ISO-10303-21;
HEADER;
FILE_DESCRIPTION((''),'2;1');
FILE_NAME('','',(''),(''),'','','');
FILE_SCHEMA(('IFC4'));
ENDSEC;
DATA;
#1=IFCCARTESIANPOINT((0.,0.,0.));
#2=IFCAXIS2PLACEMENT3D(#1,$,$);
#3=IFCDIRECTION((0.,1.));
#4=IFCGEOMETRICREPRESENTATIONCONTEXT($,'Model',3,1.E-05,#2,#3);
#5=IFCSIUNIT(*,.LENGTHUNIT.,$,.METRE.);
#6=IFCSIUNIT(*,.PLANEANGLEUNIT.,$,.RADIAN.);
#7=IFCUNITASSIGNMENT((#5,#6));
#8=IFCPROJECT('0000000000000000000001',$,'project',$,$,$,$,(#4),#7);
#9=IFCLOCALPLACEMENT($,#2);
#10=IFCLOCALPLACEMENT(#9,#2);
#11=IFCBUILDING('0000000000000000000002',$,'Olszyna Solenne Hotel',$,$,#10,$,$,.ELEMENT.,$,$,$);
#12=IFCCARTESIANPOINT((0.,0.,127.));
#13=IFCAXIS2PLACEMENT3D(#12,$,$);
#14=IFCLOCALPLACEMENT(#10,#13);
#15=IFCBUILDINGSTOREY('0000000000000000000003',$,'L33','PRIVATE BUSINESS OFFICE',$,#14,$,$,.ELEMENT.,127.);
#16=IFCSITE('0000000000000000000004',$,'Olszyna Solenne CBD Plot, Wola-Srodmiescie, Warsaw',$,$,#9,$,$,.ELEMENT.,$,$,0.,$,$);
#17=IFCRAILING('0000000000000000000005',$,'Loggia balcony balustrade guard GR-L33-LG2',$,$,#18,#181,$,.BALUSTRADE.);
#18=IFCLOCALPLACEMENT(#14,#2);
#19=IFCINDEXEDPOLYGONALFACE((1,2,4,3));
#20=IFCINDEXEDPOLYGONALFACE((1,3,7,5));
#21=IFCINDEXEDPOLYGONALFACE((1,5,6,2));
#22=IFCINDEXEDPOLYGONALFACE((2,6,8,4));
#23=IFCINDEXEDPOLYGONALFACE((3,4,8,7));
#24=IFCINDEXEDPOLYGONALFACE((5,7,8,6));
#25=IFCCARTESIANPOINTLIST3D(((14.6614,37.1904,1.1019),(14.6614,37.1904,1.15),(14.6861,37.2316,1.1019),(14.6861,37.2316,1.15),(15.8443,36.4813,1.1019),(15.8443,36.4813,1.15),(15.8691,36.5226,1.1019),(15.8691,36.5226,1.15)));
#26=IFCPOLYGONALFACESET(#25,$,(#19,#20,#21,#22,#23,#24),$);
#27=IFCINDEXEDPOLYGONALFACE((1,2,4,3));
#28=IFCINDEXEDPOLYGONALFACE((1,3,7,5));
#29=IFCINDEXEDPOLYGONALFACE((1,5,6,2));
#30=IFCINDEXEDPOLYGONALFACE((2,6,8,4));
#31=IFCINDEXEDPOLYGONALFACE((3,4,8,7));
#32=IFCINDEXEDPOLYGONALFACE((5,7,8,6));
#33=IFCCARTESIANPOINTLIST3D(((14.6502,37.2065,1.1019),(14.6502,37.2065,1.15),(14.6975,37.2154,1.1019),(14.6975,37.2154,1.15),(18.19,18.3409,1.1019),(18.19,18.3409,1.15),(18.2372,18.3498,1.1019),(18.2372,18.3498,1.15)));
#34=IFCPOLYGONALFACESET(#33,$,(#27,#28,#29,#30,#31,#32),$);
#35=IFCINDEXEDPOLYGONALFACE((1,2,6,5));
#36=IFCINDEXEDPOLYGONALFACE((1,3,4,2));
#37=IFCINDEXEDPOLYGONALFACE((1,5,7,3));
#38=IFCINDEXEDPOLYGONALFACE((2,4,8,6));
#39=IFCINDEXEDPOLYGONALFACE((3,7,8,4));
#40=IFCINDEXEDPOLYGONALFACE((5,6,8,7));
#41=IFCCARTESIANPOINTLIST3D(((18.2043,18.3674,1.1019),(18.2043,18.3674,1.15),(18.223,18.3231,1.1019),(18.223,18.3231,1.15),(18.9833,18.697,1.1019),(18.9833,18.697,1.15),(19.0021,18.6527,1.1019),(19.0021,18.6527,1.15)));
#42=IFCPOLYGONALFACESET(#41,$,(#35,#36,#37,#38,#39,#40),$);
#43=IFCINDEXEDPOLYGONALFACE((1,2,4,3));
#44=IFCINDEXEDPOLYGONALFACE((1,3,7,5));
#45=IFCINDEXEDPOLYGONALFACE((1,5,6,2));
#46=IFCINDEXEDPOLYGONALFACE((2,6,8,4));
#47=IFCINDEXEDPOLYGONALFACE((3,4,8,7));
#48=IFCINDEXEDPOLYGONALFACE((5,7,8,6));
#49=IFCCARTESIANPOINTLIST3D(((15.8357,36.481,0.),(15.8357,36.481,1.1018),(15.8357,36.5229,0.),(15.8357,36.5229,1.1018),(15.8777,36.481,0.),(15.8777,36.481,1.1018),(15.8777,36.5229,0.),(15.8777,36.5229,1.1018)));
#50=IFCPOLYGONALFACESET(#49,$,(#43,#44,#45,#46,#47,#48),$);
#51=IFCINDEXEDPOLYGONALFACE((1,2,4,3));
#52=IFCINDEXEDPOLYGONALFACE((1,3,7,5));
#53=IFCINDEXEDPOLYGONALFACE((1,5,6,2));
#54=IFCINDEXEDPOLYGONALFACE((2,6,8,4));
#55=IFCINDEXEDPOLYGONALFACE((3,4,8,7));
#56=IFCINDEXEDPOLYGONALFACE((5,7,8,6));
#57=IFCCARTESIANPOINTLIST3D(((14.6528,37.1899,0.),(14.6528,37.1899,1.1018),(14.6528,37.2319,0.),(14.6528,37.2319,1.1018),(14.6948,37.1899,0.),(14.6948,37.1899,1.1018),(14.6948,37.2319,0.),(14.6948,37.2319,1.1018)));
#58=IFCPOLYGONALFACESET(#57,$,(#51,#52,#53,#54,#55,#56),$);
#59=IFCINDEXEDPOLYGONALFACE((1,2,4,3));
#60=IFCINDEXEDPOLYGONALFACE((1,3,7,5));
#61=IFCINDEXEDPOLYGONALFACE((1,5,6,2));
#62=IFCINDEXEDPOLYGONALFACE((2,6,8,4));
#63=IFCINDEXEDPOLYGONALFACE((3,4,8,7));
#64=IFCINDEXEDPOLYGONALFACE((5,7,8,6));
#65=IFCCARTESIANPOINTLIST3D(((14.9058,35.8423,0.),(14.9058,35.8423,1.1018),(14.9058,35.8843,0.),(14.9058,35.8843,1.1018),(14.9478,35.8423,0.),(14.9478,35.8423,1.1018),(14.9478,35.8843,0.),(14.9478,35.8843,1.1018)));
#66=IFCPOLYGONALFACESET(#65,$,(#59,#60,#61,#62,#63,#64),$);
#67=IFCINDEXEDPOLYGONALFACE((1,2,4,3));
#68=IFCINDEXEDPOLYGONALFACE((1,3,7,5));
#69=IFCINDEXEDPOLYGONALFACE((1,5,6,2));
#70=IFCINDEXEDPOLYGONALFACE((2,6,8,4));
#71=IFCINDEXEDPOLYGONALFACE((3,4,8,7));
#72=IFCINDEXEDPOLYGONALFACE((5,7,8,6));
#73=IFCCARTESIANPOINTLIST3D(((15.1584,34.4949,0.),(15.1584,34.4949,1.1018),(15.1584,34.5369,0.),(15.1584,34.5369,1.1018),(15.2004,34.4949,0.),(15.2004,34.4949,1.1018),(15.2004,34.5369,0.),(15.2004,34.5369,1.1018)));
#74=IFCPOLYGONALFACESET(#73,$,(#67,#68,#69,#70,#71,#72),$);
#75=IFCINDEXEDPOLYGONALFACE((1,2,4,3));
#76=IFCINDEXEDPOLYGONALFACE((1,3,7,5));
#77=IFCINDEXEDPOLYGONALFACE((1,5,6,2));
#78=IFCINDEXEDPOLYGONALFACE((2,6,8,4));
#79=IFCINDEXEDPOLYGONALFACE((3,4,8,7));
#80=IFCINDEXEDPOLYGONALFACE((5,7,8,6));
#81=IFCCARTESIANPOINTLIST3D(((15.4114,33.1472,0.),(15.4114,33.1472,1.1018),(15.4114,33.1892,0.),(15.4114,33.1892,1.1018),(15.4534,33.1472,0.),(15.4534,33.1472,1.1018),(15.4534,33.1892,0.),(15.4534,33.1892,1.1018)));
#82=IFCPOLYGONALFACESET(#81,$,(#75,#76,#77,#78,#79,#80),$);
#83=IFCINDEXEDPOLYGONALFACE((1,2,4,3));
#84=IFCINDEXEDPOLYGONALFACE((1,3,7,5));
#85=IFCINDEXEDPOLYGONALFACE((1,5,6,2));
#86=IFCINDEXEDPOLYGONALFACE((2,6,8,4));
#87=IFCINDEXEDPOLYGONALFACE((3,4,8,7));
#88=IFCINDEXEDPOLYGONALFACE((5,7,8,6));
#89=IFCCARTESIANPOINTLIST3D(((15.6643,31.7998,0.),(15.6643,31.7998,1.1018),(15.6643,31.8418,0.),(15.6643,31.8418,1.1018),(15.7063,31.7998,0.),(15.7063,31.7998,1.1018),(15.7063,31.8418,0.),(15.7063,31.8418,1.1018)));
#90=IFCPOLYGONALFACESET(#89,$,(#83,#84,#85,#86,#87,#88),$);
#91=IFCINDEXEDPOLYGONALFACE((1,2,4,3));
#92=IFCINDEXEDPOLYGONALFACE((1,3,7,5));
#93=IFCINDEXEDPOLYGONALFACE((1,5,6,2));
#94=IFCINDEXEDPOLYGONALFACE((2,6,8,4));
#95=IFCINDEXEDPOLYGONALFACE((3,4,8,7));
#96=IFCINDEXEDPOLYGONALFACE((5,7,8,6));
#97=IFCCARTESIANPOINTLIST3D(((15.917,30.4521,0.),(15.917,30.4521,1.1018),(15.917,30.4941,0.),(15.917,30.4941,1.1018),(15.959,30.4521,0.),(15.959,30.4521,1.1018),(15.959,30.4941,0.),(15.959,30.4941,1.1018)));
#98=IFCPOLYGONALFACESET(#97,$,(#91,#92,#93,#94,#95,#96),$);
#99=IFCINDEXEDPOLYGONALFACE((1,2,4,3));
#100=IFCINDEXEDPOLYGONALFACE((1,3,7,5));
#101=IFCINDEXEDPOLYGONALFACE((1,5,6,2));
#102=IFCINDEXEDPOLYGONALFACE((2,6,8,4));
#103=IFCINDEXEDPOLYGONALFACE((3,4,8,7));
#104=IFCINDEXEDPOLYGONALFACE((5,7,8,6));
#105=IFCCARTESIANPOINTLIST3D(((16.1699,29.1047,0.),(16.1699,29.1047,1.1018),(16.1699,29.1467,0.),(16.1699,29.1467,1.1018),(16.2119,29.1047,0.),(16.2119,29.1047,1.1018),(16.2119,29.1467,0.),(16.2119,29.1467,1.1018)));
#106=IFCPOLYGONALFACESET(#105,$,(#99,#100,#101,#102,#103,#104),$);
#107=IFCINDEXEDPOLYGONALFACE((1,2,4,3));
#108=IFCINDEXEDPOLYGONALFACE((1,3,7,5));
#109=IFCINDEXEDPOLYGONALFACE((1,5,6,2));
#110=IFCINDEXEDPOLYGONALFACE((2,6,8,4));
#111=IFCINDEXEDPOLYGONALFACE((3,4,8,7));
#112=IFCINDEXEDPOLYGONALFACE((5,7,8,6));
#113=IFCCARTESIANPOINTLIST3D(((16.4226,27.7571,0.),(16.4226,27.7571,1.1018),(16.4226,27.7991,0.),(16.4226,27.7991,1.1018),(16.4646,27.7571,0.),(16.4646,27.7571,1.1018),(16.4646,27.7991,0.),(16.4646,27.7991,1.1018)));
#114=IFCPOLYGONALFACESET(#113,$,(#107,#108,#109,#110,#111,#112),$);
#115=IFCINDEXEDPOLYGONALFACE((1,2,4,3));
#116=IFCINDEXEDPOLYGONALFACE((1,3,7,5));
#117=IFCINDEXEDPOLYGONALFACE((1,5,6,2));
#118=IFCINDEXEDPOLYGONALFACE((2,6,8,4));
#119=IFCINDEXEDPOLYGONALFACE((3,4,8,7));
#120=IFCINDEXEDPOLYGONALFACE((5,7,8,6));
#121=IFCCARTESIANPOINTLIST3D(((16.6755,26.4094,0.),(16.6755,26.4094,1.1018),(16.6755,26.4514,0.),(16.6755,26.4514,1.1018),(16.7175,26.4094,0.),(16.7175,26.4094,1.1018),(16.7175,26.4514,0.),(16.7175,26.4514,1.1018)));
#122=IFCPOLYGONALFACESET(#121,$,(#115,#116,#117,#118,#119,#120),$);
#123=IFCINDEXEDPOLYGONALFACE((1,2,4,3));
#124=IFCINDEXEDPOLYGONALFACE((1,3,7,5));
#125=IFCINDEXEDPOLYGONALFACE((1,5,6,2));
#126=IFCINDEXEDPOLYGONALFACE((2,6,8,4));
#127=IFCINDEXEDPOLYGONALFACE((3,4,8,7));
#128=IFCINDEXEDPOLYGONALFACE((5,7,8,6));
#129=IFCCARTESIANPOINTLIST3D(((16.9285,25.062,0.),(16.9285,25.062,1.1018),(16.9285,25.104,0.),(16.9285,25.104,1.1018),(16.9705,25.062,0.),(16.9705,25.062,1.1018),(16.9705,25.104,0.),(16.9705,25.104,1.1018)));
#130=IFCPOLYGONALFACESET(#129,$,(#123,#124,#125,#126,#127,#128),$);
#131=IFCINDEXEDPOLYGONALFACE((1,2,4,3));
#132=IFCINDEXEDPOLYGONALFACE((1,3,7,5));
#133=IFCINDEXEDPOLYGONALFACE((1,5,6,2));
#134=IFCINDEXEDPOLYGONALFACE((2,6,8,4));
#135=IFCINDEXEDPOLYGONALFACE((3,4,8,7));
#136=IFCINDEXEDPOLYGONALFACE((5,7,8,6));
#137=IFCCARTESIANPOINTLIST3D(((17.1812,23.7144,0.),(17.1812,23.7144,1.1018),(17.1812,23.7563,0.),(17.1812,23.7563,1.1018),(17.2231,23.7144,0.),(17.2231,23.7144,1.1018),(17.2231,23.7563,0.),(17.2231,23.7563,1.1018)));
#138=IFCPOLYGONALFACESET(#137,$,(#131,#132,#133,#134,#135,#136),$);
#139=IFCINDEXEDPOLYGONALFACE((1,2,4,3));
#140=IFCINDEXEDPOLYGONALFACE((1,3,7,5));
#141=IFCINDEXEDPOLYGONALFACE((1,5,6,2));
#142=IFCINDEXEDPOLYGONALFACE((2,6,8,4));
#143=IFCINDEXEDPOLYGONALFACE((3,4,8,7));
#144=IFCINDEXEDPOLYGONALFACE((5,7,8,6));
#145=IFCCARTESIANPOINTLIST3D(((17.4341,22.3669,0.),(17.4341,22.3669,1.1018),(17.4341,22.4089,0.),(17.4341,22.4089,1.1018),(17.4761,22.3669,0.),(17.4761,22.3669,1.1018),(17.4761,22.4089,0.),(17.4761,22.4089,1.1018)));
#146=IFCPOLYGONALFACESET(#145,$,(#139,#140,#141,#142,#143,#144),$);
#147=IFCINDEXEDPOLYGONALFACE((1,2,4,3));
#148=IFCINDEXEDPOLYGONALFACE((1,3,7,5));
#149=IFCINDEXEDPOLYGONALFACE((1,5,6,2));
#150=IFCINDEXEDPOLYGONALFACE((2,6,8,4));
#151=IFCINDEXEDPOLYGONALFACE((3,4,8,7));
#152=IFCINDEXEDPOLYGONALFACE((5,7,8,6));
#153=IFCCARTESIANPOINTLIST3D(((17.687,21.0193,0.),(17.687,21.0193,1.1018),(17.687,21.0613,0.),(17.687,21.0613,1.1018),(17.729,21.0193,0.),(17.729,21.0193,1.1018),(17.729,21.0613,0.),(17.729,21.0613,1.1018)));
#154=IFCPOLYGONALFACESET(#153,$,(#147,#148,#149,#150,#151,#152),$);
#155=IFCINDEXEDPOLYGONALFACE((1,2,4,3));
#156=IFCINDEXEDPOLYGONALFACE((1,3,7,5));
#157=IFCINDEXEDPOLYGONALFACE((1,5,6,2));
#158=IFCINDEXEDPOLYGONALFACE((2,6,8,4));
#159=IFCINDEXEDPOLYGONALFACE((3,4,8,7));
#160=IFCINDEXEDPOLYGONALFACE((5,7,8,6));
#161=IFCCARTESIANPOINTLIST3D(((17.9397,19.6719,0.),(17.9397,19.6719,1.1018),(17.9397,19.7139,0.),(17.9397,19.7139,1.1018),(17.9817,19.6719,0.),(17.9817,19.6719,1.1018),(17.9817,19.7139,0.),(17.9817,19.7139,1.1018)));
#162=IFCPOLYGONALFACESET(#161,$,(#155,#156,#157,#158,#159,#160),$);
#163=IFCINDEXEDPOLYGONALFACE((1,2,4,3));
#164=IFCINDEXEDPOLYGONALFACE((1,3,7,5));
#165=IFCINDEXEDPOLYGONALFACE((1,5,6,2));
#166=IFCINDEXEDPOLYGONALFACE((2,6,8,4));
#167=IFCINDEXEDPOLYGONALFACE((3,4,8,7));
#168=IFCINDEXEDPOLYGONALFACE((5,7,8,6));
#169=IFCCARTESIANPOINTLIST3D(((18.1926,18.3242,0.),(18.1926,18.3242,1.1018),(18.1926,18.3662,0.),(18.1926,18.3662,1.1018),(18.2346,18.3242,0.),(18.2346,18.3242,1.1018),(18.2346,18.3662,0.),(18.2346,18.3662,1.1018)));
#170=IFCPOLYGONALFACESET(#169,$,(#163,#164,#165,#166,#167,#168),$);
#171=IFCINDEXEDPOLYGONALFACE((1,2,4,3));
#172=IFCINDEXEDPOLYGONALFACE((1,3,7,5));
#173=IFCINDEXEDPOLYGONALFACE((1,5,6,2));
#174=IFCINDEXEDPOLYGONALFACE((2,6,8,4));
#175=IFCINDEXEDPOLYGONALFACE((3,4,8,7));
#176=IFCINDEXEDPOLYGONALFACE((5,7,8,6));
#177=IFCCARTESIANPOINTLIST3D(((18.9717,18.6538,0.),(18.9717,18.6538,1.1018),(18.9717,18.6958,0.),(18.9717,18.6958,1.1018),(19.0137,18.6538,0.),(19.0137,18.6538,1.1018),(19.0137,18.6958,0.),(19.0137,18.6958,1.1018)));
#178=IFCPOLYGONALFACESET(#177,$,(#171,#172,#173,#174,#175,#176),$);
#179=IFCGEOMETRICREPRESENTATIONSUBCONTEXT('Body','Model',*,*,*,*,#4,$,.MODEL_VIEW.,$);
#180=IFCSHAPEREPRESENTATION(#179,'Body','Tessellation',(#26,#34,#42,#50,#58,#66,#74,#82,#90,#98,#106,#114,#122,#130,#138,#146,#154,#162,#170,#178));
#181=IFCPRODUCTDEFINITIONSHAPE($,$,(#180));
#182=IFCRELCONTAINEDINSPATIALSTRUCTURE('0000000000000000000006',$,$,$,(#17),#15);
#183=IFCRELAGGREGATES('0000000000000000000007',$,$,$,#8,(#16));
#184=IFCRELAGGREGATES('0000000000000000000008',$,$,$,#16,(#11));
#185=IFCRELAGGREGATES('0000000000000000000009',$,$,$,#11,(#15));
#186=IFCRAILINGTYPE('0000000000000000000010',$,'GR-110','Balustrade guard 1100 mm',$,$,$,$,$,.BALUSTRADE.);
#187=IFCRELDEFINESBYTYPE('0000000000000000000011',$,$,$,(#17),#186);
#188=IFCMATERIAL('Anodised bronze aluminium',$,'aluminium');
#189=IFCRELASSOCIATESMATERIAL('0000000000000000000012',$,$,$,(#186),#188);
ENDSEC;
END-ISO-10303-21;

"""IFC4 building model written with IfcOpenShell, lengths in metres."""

from ifc_helpers import new_model, si_unit, direction, frame, origin, origin_2d, place, context, subcontext, project, spatial, rectangle, extrude, material, type_object, element, save


model = new_model("IFC4")

# Units and contexts
model_context = context("Model", 3, precision=1e-05, world=origin(), true_north=direction((0.0, 1.0)))
body_context = subcontext(model_context, "Body", "Model", "MODEL_VIEW")
ifc_project = project(units=[si_unit("LENGTHUNIT", "METRE"), si_unit("PLANEANGLEUNIT", "RADIAN")], contexts=[model_context])

# Site, building, storey
site_placement = place(None, origin())
site = spatial("IfcSite", under=ifc_project, at=site_placement, Name="Olszyna Solenne CBD Plot, Wola-Srodmiescie, Warsaw", CompositionType="ELEMENT", RefElevation=0.0)
building_placement = place(site_placement, origin())
building = spatial("IfcBuilding", under=site, at=building_placement, Name="Olszyna Solenne Hotel", CompositionType="ELEMENT")
storey_placement = place(building_placement, frame((0.0, 0.0, 127.0)))
storey = spatial("IfcBuildingStorey", under=building, at=storey_placement, Name="L33", Description="PRIVATE BUSINESS OFFICE", CompositionType="ELEMENT", Elevation=127.0)

# Railing
ifc_material_1 = material(Name="Anodised bronze aluminium", Category="aluminium")
railing_type = type_object("IfcRailingType", Name="GR-110", Description="Balustrade guard 1100 mm", PredefinedType="BALUSTRADE", material=ifc_material_1)
railing_placement = place(storey_placement, frame((15.8567, 36.502, 0.0)))
element("IfcRailing", 1, at=railing_placement, inside=storey, type_object=railing_type, Name="Loggia balcony balustrade guard GR-L33-LG2", PredefinedType="BALUSTRADE", context=body_context, shape_type="SweptSolid", body=[
    extrude(rectangle(XDim=0.0481, YDim=0.0481, at=origin_2d()), frame((0.0, 0.0, 1.126), z_axis=(-0.857727, 0.514105, 0.0), x_axis=(-0.514105, -0.857727, 0.0)), (0.0, 0.0, 1.0), 1.3792),
    extrude(rectangle(XDim=0.0481, YDim=0.0481, at=origin_2d()), frame((-1.1829, 0.709, 1.126), z_axis=(0.184413, -0.982849, 0.0), x_axis=(0.982849, 0.184413, 0.0)), (0.0, 0.0, 1.0), 19.1948),
    extrude(rectangle(XDim=0.0481, YDim=0.0481, at=origin_2d()), frame((2.3569, -18.1567, 1.126), z_axis=(0.920971, 0.389631, 0.0), x_axis=(-0.389631, 0.920971, 0.0)), (0.0, 0.0, 1.0), 0.8459),
    extrude(rectangle(XDim=0.042, YDim=0.042, at=origin_2d()), origin(), (0.0, 0.0, 1.0), 1.1018),
    extrude(rectangle(XDim=0.042, YDim=0.042, at=origin_2d()), frame((-1.1829, 0.709, 0.0)), (0.0, 0.0, 1.0), 1.1018),
    extrude(rectangle(XDim=0.042, YDim=0.042, at=origin_2d()), frame((-0.9299, -0.6387, 0.0)), (0.0, 0.0, 1.0), 1.1018),
    extrude(rectangle(XDim=0.042, YDim=0.042, at=origin_2d()), frame((-0.6772, -1.9861, 0.0)), (0.0, 0.0, 1.0), 1.1018),
    extrude(rectangle(XDim=0.042, YDim=0.042, at=origin_2d()), frame((-0.4243, -3.3337, 0.0)), (0.0, 0.0, 1.0), 1.1018),
    extrude(rectangle(XDim=0.042, YDim=0.042, at=origin_2d()), frame((-0.1714, -4.6812, 0.0)), (0.0, 0.0, 1.0), 1.1018),
    extrude(rectangle(XDim=0.042, YDim=0.042, at=origin_2d()), frame((0.0813, -6.0288, 0.0)), (0.0, 0.0, 1.0), 1.1018),
    extrude(rectangle(XDim=0.042, YDim=0.042, at=origin_2d()), frame((0.3342, -7.3762, 0.0)), (0.0, 0.0, 1.0), 1.1018),
    extrude(rectangle(XDim=0.042, YDim=0.042, at=origin_2d()), frame((0.5869, -8.7239, 0.0)), (0.0, 0.0, 1.0), 1.1018),
    extrude(rectangle(XDim=0.042, YDim=0.042, at=origin_2d()), frame((0.8398, -10.0715, 0.0)), (0.0, 0.0, 1.0), 1.1018),
    extrude(rectangle(XDim=0.042, YDim=0.042, at=origin_2d()), frame((1.0928, -11.4189, 0.0)), (0.0, 0.0, 1.0), 1.1018),
    extrude(rectangle(XDim=0.042, YDim=0.042, at=origin_2d()), frame((1.3455, -12.7666, 0.0)), (0.0, 0.0, 1.0), 1.1018),
    extrude(rectangle(XDim=0.042, YDim=0.042, at=origin_2d()), frame((1.5984, -14.114, 0.0)), (0.0, 0.0, 1.0), 1.1018),
    extrude(rectangle(XDim=0.042, YDim=0.042, at=origin_2d()), frame((1.8513, -15.4617, 0.0)), (0.0, 0.0, 1.0), 1.1018),
    extrude(rectangle(XDim=0.042, YDim=0.042, at=origin_2d()), frame((2.104, -16.8091, 0.0)), (0.0, 0.0, 1.0), 1.1018),
    extrude(rectangle(XDim=0.042, YDim=0.042, at=origin_2d()), frame((2.3569, -18.1567, 0.0)), (0.0, 0.0, 1.0), 1.1018),
    extrude(rectangle(XDim=0.042, YDim=0.042, at=origin_2d()), frame((3.136, -17.8271, 0.0)), (0.0, 0.0, 1.0), 1.1018),
])

save(model, "model.ifc")
